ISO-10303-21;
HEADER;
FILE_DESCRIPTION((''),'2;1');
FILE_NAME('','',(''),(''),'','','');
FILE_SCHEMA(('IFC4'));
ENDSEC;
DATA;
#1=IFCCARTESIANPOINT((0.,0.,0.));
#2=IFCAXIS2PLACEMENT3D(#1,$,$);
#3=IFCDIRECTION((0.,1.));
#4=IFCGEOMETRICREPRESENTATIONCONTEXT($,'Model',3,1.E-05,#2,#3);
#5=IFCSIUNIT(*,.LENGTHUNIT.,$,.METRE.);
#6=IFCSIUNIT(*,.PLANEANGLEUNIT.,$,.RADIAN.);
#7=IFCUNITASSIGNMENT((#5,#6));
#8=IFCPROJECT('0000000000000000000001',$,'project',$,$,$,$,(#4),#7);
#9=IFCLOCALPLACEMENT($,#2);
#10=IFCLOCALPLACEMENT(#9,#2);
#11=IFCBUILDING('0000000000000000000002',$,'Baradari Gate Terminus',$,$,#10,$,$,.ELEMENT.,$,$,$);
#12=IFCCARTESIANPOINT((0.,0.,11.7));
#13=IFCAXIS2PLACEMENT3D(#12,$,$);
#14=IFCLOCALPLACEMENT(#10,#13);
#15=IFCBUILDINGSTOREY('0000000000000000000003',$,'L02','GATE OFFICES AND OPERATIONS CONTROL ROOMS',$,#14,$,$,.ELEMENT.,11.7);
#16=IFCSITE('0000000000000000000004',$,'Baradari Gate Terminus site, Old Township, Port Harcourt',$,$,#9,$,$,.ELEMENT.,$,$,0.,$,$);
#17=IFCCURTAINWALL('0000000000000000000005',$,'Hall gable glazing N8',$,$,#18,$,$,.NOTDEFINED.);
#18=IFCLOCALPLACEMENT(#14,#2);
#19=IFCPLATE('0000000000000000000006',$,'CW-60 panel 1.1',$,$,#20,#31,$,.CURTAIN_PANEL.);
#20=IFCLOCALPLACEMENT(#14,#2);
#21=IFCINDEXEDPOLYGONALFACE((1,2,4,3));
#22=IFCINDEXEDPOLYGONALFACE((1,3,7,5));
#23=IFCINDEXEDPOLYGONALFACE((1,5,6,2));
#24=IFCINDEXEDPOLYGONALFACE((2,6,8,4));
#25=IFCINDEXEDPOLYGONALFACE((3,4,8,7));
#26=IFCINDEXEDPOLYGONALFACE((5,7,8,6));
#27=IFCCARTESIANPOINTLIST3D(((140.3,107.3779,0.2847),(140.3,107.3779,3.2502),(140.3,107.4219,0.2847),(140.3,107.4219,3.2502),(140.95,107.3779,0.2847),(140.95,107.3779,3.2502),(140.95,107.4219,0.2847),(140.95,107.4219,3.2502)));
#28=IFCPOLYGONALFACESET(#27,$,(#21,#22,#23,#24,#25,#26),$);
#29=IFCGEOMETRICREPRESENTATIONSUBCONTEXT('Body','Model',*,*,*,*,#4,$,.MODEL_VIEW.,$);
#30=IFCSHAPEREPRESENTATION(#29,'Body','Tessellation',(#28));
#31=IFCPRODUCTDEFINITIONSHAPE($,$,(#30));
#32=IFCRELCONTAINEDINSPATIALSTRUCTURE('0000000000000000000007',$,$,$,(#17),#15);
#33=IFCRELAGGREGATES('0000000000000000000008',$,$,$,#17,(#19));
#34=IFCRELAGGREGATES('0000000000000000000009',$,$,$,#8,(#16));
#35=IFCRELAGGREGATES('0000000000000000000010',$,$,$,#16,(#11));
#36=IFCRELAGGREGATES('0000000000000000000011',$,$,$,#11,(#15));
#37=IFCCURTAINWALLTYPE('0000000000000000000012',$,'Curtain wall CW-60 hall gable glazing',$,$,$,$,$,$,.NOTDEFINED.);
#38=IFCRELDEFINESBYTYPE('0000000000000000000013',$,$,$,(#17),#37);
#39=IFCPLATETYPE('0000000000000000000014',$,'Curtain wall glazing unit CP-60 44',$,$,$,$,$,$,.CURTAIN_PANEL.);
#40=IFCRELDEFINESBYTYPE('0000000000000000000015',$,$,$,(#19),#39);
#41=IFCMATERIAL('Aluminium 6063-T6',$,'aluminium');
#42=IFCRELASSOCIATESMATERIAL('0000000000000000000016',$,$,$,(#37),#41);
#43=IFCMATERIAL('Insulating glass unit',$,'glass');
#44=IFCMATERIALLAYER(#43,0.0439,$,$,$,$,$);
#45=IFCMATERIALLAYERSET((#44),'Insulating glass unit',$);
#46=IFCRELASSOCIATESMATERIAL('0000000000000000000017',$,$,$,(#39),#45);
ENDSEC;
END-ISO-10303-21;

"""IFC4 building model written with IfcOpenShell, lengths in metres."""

from ifc_helpers import new_model, si_unit, direction, frame, origin, origin_2d, place, context, subcontext, project, spatial, rectangle, extrude, material, layer, layer_set, type_object, element, aggregate, save


model = new_model("IFC4")

# Units and contexts
model_context = context("Model", 3, precision=1e-05, world=origin(), true_north=direction((0.0, 1.0)))
body_context = subcontext(model_context, "Body", "Model", "MODEL_VIEW")
ifc_project = project(units=[si_unit("LENGTHUNIT", "METRE"), si_unit("PLANEANGLEUNIT", "RADIAN")], contexts=[model_context])

# Site, building, storey
site_placement = place(None, origin())
site = spatial("IfcSite", under=ifc_project, at=site_placement, Name="Baradari Gate Terminus site, Old Township, Port Harcourt", CompositionType="ELEMENT", RefElevation=0.0)
building_placement = place(site_placement, origin())
building = spatial("IfcBuilding", under=site, at=building_placement, Name="Baradari Gate Terminus", CompositionType="ELEMENT")
storey_placement = place(building_placement, frame((0.0, 0.0, 11.7)))
storey = spatial("IfcBuildingStorey", under=building, at=storey_placement, Name="L02", Description="GATE OFFICES AND OPERATIONS CONTROL ROOMS", CompositionType="ELEMENT", Elevation=11.7)

# Shared definitions
ifc_material_1 = material(Name="Aluminium 6063-T6", Category="aluminium")
curtain_wall_type = type_object("IfcCurtainWallType", Name="Curtain wall CW-60 hall gable glazing", PredefinedType="NOTDEFINED", material=ifc_material_1)

# Curtain wall
curtain_wall_1_placement = place(storey_placement, origin())
curtain_wall_1 = element("IfcCurtainWall", 1, at=curtain_wall_1_placement, inside=storey, type_object=curtain_wall_type, Name="Hall gable glazing N8", PredefinedType="NOTDEFINED")

# Plate
ifc_material_2 = material(Name="Insulating glass unit", Category="glass")
ifc_layer = layer(ifc_material_2, 0.0439)
ifc_layer_set = layer_set([ifc_layer], Name="Insulating glass unit")
plate_type = type_object("IfcPlateType", Name="Curtain wall glazing unit CP-60 44", PredefinedType="CURTAIN_PANEL", material=ifc_layer_set)
plate_1_placement = place(storey_placement, frame((140.625, 107.3999, 0.2847), z_axis=(0.0, 0.0, 1.0), x_axis=(1.0, 0.0, 0.0)))
plate_1 = element("IfcPlate", 2, at=plate_1_placement, type_object=plate_type, Name="CW-60 panel 1.1", PredefinedType="CURTAIN_PANEL", context=body_context, shape_type="SweptSolid", body=[
    extrude(rectangle(XDim=0.6499, YDim=0.0439, at=origin_2d()), origin(), (0.0, 0.0, 1.0), 2.9656),
])
aggregate(curtain_wall_1, [plate_1])

save(model, "model.ifc")
